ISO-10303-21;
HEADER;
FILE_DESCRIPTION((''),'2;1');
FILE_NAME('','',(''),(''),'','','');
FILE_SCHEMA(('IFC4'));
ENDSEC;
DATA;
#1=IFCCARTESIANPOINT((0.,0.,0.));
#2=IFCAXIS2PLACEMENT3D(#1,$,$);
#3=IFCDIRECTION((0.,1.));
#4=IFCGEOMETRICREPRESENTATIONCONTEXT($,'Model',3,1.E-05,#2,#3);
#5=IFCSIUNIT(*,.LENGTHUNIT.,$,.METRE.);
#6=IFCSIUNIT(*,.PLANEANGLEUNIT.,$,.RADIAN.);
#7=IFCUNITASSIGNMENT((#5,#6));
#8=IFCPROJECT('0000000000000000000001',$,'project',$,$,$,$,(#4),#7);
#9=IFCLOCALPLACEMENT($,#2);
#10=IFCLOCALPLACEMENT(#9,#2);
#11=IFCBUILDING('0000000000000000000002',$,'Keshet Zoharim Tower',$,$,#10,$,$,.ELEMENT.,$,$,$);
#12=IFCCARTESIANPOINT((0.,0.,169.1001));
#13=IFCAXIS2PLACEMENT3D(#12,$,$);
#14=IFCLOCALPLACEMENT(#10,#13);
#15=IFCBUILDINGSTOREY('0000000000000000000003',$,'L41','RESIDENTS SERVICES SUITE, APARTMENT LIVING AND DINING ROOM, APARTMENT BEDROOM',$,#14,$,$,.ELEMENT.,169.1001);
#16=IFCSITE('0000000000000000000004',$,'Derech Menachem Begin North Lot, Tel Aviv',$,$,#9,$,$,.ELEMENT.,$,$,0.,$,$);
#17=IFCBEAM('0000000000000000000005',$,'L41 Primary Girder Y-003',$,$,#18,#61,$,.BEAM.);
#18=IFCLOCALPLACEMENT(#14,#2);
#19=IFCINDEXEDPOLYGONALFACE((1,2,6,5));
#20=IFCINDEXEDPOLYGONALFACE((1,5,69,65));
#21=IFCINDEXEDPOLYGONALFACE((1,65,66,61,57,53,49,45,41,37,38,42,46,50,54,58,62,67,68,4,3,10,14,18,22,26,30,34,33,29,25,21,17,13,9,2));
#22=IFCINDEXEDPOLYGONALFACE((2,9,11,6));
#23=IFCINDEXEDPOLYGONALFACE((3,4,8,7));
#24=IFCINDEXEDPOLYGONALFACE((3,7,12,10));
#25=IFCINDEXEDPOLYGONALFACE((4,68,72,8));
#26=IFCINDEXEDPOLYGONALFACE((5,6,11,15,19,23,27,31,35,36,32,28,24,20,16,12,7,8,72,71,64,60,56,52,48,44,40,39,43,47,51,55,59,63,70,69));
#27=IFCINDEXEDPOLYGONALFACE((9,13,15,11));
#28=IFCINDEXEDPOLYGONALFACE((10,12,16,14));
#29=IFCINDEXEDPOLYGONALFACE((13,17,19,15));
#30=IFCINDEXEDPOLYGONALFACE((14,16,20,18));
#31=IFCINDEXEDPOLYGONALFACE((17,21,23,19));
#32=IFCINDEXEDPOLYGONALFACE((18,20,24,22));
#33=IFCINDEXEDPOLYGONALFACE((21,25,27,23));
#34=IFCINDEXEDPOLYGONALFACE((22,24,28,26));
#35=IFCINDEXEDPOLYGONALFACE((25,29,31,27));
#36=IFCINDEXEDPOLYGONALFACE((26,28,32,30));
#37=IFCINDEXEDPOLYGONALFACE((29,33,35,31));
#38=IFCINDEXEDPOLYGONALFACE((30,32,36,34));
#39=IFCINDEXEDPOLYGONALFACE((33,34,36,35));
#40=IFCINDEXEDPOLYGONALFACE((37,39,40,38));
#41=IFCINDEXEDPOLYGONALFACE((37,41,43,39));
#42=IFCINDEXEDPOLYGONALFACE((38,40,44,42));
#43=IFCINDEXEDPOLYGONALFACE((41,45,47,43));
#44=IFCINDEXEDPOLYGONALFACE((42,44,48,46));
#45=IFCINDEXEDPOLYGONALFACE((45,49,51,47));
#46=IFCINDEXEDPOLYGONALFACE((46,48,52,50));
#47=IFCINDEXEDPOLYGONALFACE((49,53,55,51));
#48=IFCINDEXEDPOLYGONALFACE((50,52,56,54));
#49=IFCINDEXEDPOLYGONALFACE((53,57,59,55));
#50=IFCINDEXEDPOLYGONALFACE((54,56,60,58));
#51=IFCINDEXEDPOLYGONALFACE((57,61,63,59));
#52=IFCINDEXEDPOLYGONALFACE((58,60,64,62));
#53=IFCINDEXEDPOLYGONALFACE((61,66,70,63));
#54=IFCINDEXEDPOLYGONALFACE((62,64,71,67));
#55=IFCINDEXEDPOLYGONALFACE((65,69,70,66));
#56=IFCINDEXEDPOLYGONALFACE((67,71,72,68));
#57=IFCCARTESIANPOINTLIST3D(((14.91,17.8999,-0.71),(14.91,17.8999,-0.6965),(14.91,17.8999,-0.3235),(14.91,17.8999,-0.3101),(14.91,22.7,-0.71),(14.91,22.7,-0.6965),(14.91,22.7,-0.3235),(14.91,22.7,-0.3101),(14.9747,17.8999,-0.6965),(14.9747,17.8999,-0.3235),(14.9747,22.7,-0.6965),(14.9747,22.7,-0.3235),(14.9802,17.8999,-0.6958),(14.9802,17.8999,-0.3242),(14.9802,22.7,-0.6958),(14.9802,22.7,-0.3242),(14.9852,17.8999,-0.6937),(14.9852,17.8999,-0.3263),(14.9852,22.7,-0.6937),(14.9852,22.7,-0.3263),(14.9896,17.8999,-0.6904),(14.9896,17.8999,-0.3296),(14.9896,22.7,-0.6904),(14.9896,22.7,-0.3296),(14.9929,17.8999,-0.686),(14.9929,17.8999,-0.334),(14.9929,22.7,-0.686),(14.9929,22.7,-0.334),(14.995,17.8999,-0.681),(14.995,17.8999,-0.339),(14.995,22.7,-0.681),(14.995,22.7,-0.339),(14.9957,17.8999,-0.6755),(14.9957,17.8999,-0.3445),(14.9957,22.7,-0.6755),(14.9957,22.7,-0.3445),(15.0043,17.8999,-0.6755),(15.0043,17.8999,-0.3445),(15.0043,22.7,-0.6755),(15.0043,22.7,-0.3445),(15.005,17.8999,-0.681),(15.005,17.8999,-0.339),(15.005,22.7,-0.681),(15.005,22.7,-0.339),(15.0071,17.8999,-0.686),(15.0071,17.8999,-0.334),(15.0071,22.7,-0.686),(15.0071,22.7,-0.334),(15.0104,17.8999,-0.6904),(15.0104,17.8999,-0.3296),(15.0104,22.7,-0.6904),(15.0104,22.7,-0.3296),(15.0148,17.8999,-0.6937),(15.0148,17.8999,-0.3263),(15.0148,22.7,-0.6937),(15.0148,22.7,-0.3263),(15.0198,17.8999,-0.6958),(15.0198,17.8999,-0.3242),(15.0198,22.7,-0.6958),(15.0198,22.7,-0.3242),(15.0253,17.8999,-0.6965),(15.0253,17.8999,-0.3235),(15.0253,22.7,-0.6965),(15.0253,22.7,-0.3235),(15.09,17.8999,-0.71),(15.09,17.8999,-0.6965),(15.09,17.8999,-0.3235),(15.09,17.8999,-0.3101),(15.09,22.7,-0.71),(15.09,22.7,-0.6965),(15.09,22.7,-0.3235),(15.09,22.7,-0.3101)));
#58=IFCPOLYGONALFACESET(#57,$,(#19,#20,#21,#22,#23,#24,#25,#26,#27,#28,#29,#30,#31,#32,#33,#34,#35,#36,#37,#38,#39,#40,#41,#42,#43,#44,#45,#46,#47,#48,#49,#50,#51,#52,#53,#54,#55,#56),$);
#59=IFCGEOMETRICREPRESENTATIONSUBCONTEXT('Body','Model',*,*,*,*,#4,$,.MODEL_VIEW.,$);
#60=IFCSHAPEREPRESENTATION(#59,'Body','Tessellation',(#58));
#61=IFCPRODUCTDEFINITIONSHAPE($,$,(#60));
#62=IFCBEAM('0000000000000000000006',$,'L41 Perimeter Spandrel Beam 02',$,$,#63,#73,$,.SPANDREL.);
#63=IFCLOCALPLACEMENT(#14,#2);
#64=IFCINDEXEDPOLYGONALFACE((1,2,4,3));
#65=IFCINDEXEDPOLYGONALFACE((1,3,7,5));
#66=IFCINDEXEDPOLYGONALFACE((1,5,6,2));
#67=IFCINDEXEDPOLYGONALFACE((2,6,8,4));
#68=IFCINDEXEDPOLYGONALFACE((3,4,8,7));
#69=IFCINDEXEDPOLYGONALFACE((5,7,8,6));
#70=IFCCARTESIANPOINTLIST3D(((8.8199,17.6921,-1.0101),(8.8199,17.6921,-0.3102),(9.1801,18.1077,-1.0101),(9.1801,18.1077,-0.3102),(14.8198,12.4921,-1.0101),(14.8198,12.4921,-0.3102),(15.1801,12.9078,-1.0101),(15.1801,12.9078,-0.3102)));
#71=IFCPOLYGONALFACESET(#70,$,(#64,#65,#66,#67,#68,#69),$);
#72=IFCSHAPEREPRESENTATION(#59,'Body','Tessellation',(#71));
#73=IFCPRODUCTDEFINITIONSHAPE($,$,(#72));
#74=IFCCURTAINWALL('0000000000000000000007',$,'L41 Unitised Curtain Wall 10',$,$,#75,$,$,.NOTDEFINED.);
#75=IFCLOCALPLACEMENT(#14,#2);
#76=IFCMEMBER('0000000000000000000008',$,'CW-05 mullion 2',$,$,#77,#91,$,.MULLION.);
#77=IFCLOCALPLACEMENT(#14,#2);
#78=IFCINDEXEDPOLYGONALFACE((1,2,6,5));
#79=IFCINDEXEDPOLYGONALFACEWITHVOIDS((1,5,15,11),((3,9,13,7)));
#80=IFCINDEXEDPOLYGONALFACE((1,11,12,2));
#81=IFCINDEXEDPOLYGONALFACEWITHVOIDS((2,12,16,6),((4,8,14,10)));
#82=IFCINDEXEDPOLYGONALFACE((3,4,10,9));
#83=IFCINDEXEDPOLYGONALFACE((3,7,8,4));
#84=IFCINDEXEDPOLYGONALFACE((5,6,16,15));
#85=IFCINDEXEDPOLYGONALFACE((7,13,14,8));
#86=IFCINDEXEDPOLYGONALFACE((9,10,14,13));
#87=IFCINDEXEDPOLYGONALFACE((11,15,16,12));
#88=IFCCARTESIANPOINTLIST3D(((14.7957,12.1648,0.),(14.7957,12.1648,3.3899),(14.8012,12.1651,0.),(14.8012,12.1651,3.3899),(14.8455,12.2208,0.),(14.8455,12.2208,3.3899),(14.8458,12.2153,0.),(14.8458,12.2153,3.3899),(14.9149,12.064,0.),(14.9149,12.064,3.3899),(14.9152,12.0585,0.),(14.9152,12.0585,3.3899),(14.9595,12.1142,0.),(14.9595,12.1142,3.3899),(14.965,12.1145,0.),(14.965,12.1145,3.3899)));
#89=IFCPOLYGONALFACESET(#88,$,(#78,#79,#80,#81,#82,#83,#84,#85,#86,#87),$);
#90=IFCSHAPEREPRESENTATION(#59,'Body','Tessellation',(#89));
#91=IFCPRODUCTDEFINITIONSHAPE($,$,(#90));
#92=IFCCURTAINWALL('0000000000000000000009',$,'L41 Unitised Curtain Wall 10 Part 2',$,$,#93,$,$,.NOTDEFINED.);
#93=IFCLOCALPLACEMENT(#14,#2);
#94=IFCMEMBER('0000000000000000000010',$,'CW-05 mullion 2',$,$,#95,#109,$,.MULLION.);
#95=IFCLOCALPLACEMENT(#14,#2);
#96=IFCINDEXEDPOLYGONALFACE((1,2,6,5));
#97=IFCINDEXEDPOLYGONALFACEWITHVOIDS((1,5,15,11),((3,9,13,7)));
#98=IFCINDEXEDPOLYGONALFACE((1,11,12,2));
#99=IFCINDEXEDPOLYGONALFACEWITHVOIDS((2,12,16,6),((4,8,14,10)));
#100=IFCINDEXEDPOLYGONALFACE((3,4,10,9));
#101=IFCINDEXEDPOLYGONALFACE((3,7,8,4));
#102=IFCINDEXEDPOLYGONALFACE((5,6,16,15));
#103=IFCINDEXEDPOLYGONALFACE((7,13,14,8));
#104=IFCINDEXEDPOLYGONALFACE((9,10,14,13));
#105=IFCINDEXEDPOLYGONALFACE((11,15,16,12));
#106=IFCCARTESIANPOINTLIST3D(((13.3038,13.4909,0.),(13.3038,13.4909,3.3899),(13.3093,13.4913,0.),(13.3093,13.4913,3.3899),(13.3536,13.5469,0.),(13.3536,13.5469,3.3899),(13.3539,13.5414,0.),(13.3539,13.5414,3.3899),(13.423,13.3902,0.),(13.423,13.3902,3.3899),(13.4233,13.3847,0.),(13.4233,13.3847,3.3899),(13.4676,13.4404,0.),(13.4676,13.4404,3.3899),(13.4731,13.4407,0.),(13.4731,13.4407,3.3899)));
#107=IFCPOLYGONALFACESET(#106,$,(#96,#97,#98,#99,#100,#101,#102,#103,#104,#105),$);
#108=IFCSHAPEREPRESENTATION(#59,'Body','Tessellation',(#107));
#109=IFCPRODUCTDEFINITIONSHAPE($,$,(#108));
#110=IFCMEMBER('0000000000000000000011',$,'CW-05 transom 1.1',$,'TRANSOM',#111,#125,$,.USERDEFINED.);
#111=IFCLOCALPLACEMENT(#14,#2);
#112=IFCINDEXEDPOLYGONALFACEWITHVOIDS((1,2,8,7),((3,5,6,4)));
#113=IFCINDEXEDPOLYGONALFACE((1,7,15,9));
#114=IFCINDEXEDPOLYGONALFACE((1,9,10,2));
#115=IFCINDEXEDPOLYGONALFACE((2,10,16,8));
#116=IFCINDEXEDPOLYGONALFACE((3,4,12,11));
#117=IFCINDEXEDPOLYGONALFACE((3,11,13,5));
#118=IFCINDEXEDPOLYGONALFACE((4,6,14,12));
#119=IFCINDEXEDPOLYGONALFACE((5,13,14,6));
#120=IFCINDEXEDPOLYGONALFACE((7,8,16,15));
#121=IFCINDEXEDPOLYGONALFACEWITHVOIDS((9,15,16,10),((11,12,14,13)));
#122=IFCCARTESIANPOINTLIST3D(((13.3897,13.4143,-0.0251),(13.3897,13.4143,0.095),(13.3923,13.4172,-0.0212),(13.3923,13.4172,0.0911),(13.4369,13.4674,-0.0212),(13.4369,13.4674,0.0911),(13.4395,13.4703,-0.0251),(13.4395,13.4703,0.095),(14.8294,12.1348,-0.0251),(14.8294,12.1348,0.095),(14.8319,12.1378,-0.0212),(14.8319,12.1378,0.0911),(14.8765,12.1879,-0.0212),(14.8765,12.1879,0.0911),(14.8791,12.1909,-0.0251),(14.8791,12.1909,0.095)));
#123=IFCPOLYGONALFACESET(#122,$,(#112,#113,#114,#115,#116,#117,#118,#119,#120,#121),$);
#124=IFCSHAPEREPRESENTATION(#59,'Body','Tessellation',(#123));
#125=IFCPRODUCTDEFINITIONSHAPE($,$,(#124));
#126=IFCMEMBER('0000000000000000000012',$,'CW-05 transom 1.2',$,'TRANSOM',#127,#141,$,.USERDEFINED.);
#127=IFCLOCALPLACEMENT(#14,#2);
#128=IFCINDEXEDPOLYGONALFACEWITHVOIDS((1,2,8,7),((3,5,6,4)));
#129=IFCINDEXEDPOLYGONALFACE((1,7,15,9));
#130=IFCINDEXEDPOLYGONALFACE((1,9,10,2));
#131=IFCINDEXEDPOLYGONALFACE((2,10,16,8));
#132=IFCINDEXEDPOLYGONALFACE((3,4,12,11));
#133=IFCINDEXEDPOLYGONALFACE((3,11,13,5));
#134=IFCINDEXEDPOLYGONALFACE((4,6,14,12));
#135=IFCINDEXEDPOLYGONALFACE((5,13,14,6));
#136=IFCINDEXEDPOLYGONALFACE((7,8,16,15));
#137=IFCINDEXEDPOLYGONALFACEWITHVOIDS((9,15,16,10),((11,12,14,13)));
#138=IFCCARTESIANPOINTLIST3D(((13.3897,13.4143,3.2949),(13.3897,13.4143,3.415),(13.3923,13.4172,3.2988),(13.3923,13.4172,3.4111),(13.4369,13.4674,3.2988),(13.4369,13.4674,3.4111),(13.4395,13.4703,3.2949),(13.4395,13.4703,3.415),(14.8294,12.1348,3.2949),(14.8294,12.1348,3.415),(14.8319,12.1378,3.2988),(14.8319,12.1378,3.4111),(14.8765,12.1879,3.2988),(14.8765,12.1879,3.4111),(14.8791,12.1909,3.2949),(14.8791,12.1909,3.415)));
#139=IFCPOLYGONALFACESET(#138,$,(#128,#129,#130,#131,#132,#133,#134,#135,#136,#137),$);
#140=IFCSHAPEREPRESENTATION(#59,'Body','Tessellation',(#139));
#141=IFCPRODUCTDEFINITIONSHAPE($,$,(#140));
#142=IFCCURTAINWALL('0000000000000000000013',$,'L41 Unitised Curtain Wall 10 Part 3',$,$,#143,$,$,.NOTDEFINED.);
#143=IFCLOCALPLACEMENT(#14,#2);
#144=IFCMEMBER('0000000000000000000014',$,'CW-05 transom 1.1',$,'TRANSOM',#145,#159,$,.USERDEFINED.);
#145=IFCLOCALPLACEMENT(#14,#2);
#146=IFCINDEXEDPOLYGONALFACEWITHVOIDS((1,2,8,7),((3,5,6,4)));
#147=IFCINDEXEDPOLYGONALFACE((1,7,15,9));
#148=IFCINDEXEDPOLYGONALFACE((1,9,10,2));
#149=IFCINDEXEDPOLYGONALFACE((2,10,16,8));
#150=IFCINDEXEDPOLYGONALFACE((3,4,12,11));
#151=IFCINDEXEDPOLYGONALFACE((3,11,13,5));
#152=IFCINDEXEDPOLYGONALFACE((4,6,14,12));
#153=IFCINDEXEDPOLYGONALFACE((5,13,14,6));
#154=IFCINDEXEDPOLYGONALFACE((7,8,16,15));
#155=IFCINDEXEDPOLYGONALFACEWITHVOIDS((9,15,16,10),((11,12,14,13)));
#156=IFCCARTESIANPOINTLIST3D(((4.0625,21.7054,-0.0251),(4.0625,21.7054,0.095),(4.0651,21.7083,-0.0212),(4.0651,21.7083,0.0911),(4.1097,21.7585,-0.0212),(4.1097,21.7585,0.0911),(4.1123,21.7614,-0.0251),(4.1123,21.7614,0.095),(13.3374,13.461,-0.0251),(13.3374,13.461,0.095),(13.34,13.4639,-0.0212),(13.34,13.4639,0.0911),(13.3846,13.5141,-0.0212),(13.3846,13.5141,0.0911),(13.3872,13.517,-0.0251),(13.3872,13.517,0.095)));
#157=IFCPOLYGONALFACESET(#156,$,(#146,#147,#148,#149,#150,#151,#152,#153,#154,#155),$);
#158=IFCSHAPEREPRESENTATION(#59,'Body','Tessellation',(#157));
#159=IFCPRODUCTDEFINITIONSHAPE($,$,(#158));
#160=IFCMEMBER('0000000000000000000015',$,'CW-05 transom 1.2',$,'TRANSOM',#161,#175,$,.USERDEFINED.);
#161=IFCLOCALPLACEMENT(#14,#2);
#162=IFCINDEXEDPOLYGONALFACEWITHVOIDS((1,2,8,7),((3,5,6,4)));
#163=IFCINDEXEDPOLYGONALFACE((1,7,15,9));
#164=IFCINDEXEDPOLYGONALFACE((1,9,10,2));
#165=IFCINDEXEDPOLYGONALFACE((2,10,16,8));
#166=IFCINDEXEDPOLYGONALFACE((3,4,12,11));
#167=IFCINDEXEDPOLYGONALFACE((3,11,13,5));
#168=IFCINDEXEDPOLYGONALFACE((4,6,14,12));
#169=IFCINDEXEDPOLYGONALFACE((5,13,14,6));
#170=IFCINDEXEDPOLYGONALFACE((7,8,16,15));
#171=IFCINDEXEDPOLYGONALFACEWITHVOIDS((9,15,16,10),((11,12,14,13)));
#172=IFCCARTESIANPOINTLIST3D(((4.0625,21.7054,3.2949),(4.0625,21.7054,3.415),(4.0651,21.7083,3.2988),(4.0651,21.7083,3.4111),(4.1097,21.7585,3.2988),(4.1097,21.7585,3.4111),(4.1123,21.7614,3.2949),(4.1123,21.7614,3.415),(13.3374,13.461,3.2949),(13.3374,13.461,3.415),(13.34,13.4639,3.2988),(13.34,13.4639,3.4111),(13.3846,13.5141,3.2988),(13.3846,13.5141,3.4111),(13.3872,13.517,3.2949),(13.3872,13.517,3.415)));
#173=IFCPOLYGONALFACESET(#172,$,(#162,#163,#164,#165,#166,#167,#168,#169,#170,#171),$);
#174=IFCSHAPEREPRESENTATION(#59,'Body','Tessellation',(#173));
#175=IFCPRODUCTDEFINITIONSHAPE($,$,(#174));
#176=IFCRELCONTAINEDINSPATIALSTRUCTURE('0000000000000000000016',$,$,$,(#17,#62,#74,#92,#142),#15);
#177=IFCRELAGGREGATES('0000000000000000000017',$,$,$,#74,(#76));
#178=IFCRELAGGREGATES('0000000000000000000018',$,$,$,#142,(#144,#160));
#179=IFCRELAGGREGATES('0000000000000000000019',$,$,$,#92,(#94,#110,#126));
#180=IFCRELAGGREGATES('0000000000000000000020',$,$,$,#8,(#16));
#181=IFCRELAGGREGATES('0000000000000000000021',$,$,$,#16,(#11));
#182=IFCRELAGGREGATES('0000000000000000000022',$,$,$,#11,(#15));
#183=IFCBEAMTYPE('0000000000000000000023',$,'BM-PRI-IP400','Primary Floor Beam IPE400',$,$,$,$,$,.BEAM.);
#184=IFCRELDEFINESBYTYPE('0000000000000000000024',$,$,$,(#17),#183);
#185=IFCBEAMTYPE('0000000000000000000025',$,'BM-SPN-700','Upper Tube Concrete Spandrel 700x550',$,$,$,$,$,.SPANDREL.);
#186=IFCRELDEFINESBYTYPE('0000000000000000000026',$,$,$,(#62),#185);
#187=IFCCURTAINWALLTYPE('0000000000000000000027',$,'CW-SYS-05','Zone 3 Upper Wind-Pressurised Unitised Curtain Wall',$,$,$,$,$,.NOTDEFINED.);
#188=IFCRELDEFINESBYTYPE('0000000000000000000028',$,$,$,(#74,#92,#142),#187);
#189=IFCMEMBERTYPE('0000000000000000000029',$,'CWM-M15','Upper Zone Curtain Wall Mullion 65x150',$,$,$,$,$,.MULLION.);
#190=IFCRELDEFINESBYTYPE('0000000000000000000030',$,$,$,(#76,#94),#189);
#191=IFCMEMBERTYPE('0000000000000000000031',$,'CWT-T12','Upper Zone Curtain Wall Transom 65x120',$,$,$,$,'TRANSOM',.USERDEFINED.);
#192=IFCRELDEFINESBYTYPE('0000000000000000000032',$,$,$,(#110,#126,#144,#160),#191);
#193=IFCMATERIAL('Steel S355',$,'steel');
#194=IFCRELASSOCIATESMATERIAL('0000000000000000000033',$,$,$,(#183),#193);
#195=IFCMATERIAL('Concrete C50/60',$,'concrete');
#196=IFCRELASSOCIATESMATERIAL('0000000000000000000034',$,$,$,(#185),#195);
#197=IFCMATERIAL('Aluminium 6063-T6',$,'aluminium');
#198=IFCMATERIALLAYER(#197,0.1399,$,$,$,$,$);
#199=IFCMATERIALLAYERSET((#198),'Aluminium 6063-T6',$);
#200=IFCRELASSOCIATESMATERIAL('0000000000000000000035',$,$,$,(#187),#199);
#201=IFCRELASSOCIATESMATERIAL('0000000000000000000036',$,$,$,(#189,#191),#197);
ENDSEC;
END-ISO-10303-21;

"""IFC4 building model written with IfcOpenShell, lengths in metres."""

from ifc_helpers import new_model, si_unit, direction, frame, origin, origin_2d, place, context, subcontext, project, spatial, rectangle, hollow_rectangle, i_section, extrude, material, layer, layer_set, material_profile, profile_set, type_object, element, aggregate, save


model = new_model("IFC4")

# Units and contexts
model_context = context("Model", 3, precision=1e-05, world=origin(), true_north=direction((0.0, 1.0)))
body_context = subcontext(model_context, "Body", "Model", "MODEL_VIEW")
ifc_project = project(units=[si_unit("LENGTHUNIT", "METRE"), si_unit("PLANEANGLEUNIT", "RADIAN")], contexts=[model_context])

# Site, building, storey
site_placement = place(None, origin())
site = spatial("IfcSite", under=ifc_project, at=site_placement, Name="Derech Menachem Begin North Lot, Tel Aviv", CompositionType="ELEMENT", RefElevation=0.0)
building_placement = place(site_placement, origin())
building = spatial("IfcBuilding", under=site, at=building_placement, Name="Keshet Zoharim Tower", CompositionType="ELEMENT")
storey_placement = place(building_placement, frame((0.0, 0.0, 169.1001)))
storey = spatial("IfcBuildingStorey", under=building, at=storey_placement, Name="L41", Description="RESIDENTS SERVICES SUITE, APARTMENT LIVING AND DINING ROOM, APARTMENT BEDROOM", CompositionType="ELEMENT", Elevation=169.1001)

# Shared definitions
ifc_material_1 = material(Name="Steel S355", Category="steel")

# Beams
ifc_material_profile_1 = material_profile(ifc_material_1, i_section(OverallWidth=0.1799, OverallDepth=0.3999, WebThickness=0.0085, FlangeThickness=0.0134, FilletRadius=0.021, at=origin_2d()), Name="IPE400")
ifc_profile_set_1 = profile_set([ifc_material_profile_1], Name="Steel S355")
beam_type_1 = type_object("IfcBeamType", Name="BM-PRI-IP400", Description="Primary Floor Beam IPE400", PredefinedType="BEAM", material=ifc_profile_set_1)
beam_1_placement = place(storey_placement, frame((15.0, 17.8999, -0.51), z_axis=(0.0, 1.0, 0.0), x_axis=(-1.0, 0.0, 0.0)))
element("IfcBeam", 1, at=beam_1_placement, inside=storey, type_object=beam_type_1, Name="L41 Primary Girder Y-003", PredefinedType="BEAM", context=body_context, shape_type="SweptSolid", body=[
    extrude(i_section(OverallWidth=0.1799, OverallDepth=0.3999, WebThickness=0.0085, FlangeThickness=0.0134, FilletRadius=0.021, at=origin_2d()), origin(), (0.0, 0.0, 1.0), 4.8),
])
ifc_material_2 = material(Name="Concrete C50/60", Category="concrete")
ifc_material_profile_2 = material_profile(ifc_material_2, rectangle(XDim=0.55, YDim=0.7, at=origin_2d()), Name="RC700x550")
ifc_profile_set_2 = profile_set([ifc_material_profile_2], Name="Concrete C50/60")
beam_type_2 = type_object("IfcBeamType", Name="BM-SPN-700", Description="Upper Tube Concrete Spandrel 700x550", PredefinedType="SPANDREL", material=ifc_profile_set_2)
beam_2_placement = place(storey_placement, frame((9.0, 17.8999, -0.6602), z_axis=(0.755692, -0.654927, 0.0), x_axis=(0.654927, 0.755692, 0.0)))
element("IfcBeam", 2, at=beam_2_placement, inside=storey, type_object=beam_type_2, Name="L41 Perimeter Spandrel Beam 02", PredefinedType="SPANDREL", context=body_context, shape_type="SweptSolid", body=[
    extrude(rectangle(XDim=0.55, YDim=0.7, at=origin_2d()), origin(), (0.0, 0.0, 1.0), 7.9397),
])

# Curtain wall, member
ifc_material_3 = material(Name="Aluminium 6063-T6", Category="aluminium")
ifc_layer_1 = layer(ifc_material_3, 0.1399)
ifc_layer_set_1 = layer_set([ifc_layer_1], Name="Aluminium 6063-T6")
curtain_wall_type = type_object("IfcCurtainWallType", Name="CW-SYS-05", Description="Zone 3 Upper Wind-Pressurised Unitised Curtain Wall", PredefinedType="NOTDEFINED", material=ifc_layer_set_1)
curtain_wall_1_placement = place(storey_placement, origin())
curtain_wall_1 = element("IfcCurtainWall", 3, at=curtain_wall_1_placement, inside=storey, type_object=curtain_wall_type, Name="L41 Unitised Curtain Wall 10", PredefinedType="NOTDEFINED")
ifc_material_profile_3 = material_profile(ifc_material_3, hollow_rectangle(XDim=0.075, YDim=0.1599, WallThickness=0.0039, at=origin_2d()), Name="MUL-75x160")
ifc_profile_set_3 = profile_set([ifc_material_profile_3], Name="Aluminium 6063-T6")
member_type_1 = type_object("IfcMemberType", Name="CWM-M15", Description="Upper Zone Curtain Wall Mullion 65x150", PredefinedType="MULLION", material=ifc_profile_set_3)
member_1_placement = place(storey_placement, frame((14.8804, 12.1396, 0.0), z_axis=(0.0, 0.0, 1.0), x_axis=(-0.664368, -0.747406, 0.0)))
member_1 = element("IfcMember", 4, at=member_1_placement, type_object=member_type_1, Name="CW-05 mullion 2", PredefinedType="MULLION", context=body_context, shape_type="SweptSolid", body=[
    extrude(hollow_rectangle(XDim=0.075, YDim=0.1599, WallThickness=0.0039, at=origin_2d()), origin(), (0.0, 0.0, 1.0), 3.3899),
])
aggregate(curtain_wall_1, [member_1])

# Curtain walls, members
curtain_wall_2_placement = place(storey_placement, origin())
curtain_wall_2 = element("IfcCurtainWall", 5, at=curtain_wall_2_placement, inside=storey, type_object=curtain_wall_type, Name="L41 Unitised Curtain Wall 10 Part 2", PredefinedType="NOTDEFINED")
member_2_placement = place(storey_placement, frame((13.3884, 13.4658, 0.0), z_axis=(0.0, 0.0, 1.0), x_axis=(-0.66433, -0.74744, 0.0)))
member_2 = element("IfcMember", 6, at=member_2_placement, type_object=member_type_1, Name="CW-05 mullion 2", PredefinedType="MULLION", context=body_context, shape_type="SweptSolid", body=[
    extrude(hollow_rectangle(XDim=0.075, YDim=0.1599, WallThickness=0.0039, at=origin_2d()), origin(), (0.0, 0.0, 1.0), 3.3899),
])
ifc_material_profile_4 = material_profile(ifc_material_3, hollow_rectangle(XDim=0.075, YDim=0.1201, WallThickness=0.0039, at=origin_2d()), Name="TRN-75x120")
ifc_profile_set_4 = profile_set([ifc_material_profile_4], Name="Aluminium 6063-T6")
member_type_2 = type_object("IfcMemberType", Name="CWT-T12", Description="Upper Zone Curtain Wall Transom 65x120", ElementType="TRANSOM", PredefinedType="USERDEFINED", material=ifc_profile_set_4)
member_3_placement = place(storey_placement, frame((14.8542, 12.1628, 0.0349), z_axis=(-0.747458, 0.664309, 0.0), x_axis=(-0.664309, -0.747458, 0.0)))
member_3 = element("IfcMember", 7, at=member_3_placement, type_object=member_type_2, Name="CW-05 transom 1.1", ObjectType="TRANSOM", PredefinedType="USERDEFINED", context=body_context, shape_type="SweptSolid", body=[
    extrude(hollow_rectangle(XDim=0.075, YDim=0.1201, WallThickness=0.0039, at=origin_2d()), origin(), (0.0, 0.0, 1.0), 1.926),
])
member_4_placement = place(storey_placement, frame((14.8542, 12.1628, 3.355), z_axis=(-0.747458, 0.664309, 0.0), x_axis=(-0.664309, -0.747458, 0.0)))
member_4 = element("IfcMember", 8, at=member_4_placement, type_object=member_type_2, Name="CW-05 transom 1.2", ObjectType="TRANSOM", PredefinedType="USERDEFINED", context=body_context, shape_type="SweptSolid", body=[
    extrude(hollow_rectangle(XDim=0.075, YDim=0.1201, WallThickness=0.0039, at=origin_2d()), origin(), (0.0, 0.0, 1.0), 1.926),
])
curtain_wall_3_placement = place(storey_placement, origin())
curtain_wall_3 = element("IfcCurtainWall", 9, at=curtain_wall_3_placement, inside=storey, type_object=curtain_wall_type, Name="L41 Unitised Curtain Wall 10 Part 3", PredefinedType="NOTDEFINED")
member_5_placement = place(storey_placement, frame((13.3623, 13.489, 0.0349), z_axis=(-0.747408, 0.664365, 0.0), x_axis=(-0.664365, -0.747408, 0.0)))
member_5 = element("IfcMember", 10, at=member_5_placement, type_object=member_type_2, Name="CW-05 transom 1.1", ObjectType="TRANSOM", PredefinedType="USERDEFINED", context=body_context, shape_type="SweptSolid", body=[
    extrude(hollow_rectangle(XDim=0.075, YDim=0.1201, WallThickness=0.0039, at=origin_2d()), origin(), (0.0, 0.0, 1.0), 12.4094),
])
member_6_placement = place(storey_placement, frame((13.3623, 13.489, 3.355), z_axis=(-0.747408, 0.664365, 0.0), x_axis=(-0.664365, -0.747408, 0.0)))
member_6 = element("IfcMember", 11, at=member_6_placement, type_object=member_type_2, Name="CW-05 transom 1.2", ObjectType="TRANSOM", PredefinedType="USERDEFINED", context=body_context, shape_type="SweptSolid", body=[
    extrude(hollow_rectangle(XDim=0.075, YDim=0.1201, WallThickness=0.0039, at=origin_2d()), origin(), (0.0, 0.0, 1.0), 12.4094),
])

aggregate(curtain_wall_3, [member_5, member_6])
aggregate(curtain_wall_2, [member_2, member_3, member_4])

save(model, "model.ifc")
